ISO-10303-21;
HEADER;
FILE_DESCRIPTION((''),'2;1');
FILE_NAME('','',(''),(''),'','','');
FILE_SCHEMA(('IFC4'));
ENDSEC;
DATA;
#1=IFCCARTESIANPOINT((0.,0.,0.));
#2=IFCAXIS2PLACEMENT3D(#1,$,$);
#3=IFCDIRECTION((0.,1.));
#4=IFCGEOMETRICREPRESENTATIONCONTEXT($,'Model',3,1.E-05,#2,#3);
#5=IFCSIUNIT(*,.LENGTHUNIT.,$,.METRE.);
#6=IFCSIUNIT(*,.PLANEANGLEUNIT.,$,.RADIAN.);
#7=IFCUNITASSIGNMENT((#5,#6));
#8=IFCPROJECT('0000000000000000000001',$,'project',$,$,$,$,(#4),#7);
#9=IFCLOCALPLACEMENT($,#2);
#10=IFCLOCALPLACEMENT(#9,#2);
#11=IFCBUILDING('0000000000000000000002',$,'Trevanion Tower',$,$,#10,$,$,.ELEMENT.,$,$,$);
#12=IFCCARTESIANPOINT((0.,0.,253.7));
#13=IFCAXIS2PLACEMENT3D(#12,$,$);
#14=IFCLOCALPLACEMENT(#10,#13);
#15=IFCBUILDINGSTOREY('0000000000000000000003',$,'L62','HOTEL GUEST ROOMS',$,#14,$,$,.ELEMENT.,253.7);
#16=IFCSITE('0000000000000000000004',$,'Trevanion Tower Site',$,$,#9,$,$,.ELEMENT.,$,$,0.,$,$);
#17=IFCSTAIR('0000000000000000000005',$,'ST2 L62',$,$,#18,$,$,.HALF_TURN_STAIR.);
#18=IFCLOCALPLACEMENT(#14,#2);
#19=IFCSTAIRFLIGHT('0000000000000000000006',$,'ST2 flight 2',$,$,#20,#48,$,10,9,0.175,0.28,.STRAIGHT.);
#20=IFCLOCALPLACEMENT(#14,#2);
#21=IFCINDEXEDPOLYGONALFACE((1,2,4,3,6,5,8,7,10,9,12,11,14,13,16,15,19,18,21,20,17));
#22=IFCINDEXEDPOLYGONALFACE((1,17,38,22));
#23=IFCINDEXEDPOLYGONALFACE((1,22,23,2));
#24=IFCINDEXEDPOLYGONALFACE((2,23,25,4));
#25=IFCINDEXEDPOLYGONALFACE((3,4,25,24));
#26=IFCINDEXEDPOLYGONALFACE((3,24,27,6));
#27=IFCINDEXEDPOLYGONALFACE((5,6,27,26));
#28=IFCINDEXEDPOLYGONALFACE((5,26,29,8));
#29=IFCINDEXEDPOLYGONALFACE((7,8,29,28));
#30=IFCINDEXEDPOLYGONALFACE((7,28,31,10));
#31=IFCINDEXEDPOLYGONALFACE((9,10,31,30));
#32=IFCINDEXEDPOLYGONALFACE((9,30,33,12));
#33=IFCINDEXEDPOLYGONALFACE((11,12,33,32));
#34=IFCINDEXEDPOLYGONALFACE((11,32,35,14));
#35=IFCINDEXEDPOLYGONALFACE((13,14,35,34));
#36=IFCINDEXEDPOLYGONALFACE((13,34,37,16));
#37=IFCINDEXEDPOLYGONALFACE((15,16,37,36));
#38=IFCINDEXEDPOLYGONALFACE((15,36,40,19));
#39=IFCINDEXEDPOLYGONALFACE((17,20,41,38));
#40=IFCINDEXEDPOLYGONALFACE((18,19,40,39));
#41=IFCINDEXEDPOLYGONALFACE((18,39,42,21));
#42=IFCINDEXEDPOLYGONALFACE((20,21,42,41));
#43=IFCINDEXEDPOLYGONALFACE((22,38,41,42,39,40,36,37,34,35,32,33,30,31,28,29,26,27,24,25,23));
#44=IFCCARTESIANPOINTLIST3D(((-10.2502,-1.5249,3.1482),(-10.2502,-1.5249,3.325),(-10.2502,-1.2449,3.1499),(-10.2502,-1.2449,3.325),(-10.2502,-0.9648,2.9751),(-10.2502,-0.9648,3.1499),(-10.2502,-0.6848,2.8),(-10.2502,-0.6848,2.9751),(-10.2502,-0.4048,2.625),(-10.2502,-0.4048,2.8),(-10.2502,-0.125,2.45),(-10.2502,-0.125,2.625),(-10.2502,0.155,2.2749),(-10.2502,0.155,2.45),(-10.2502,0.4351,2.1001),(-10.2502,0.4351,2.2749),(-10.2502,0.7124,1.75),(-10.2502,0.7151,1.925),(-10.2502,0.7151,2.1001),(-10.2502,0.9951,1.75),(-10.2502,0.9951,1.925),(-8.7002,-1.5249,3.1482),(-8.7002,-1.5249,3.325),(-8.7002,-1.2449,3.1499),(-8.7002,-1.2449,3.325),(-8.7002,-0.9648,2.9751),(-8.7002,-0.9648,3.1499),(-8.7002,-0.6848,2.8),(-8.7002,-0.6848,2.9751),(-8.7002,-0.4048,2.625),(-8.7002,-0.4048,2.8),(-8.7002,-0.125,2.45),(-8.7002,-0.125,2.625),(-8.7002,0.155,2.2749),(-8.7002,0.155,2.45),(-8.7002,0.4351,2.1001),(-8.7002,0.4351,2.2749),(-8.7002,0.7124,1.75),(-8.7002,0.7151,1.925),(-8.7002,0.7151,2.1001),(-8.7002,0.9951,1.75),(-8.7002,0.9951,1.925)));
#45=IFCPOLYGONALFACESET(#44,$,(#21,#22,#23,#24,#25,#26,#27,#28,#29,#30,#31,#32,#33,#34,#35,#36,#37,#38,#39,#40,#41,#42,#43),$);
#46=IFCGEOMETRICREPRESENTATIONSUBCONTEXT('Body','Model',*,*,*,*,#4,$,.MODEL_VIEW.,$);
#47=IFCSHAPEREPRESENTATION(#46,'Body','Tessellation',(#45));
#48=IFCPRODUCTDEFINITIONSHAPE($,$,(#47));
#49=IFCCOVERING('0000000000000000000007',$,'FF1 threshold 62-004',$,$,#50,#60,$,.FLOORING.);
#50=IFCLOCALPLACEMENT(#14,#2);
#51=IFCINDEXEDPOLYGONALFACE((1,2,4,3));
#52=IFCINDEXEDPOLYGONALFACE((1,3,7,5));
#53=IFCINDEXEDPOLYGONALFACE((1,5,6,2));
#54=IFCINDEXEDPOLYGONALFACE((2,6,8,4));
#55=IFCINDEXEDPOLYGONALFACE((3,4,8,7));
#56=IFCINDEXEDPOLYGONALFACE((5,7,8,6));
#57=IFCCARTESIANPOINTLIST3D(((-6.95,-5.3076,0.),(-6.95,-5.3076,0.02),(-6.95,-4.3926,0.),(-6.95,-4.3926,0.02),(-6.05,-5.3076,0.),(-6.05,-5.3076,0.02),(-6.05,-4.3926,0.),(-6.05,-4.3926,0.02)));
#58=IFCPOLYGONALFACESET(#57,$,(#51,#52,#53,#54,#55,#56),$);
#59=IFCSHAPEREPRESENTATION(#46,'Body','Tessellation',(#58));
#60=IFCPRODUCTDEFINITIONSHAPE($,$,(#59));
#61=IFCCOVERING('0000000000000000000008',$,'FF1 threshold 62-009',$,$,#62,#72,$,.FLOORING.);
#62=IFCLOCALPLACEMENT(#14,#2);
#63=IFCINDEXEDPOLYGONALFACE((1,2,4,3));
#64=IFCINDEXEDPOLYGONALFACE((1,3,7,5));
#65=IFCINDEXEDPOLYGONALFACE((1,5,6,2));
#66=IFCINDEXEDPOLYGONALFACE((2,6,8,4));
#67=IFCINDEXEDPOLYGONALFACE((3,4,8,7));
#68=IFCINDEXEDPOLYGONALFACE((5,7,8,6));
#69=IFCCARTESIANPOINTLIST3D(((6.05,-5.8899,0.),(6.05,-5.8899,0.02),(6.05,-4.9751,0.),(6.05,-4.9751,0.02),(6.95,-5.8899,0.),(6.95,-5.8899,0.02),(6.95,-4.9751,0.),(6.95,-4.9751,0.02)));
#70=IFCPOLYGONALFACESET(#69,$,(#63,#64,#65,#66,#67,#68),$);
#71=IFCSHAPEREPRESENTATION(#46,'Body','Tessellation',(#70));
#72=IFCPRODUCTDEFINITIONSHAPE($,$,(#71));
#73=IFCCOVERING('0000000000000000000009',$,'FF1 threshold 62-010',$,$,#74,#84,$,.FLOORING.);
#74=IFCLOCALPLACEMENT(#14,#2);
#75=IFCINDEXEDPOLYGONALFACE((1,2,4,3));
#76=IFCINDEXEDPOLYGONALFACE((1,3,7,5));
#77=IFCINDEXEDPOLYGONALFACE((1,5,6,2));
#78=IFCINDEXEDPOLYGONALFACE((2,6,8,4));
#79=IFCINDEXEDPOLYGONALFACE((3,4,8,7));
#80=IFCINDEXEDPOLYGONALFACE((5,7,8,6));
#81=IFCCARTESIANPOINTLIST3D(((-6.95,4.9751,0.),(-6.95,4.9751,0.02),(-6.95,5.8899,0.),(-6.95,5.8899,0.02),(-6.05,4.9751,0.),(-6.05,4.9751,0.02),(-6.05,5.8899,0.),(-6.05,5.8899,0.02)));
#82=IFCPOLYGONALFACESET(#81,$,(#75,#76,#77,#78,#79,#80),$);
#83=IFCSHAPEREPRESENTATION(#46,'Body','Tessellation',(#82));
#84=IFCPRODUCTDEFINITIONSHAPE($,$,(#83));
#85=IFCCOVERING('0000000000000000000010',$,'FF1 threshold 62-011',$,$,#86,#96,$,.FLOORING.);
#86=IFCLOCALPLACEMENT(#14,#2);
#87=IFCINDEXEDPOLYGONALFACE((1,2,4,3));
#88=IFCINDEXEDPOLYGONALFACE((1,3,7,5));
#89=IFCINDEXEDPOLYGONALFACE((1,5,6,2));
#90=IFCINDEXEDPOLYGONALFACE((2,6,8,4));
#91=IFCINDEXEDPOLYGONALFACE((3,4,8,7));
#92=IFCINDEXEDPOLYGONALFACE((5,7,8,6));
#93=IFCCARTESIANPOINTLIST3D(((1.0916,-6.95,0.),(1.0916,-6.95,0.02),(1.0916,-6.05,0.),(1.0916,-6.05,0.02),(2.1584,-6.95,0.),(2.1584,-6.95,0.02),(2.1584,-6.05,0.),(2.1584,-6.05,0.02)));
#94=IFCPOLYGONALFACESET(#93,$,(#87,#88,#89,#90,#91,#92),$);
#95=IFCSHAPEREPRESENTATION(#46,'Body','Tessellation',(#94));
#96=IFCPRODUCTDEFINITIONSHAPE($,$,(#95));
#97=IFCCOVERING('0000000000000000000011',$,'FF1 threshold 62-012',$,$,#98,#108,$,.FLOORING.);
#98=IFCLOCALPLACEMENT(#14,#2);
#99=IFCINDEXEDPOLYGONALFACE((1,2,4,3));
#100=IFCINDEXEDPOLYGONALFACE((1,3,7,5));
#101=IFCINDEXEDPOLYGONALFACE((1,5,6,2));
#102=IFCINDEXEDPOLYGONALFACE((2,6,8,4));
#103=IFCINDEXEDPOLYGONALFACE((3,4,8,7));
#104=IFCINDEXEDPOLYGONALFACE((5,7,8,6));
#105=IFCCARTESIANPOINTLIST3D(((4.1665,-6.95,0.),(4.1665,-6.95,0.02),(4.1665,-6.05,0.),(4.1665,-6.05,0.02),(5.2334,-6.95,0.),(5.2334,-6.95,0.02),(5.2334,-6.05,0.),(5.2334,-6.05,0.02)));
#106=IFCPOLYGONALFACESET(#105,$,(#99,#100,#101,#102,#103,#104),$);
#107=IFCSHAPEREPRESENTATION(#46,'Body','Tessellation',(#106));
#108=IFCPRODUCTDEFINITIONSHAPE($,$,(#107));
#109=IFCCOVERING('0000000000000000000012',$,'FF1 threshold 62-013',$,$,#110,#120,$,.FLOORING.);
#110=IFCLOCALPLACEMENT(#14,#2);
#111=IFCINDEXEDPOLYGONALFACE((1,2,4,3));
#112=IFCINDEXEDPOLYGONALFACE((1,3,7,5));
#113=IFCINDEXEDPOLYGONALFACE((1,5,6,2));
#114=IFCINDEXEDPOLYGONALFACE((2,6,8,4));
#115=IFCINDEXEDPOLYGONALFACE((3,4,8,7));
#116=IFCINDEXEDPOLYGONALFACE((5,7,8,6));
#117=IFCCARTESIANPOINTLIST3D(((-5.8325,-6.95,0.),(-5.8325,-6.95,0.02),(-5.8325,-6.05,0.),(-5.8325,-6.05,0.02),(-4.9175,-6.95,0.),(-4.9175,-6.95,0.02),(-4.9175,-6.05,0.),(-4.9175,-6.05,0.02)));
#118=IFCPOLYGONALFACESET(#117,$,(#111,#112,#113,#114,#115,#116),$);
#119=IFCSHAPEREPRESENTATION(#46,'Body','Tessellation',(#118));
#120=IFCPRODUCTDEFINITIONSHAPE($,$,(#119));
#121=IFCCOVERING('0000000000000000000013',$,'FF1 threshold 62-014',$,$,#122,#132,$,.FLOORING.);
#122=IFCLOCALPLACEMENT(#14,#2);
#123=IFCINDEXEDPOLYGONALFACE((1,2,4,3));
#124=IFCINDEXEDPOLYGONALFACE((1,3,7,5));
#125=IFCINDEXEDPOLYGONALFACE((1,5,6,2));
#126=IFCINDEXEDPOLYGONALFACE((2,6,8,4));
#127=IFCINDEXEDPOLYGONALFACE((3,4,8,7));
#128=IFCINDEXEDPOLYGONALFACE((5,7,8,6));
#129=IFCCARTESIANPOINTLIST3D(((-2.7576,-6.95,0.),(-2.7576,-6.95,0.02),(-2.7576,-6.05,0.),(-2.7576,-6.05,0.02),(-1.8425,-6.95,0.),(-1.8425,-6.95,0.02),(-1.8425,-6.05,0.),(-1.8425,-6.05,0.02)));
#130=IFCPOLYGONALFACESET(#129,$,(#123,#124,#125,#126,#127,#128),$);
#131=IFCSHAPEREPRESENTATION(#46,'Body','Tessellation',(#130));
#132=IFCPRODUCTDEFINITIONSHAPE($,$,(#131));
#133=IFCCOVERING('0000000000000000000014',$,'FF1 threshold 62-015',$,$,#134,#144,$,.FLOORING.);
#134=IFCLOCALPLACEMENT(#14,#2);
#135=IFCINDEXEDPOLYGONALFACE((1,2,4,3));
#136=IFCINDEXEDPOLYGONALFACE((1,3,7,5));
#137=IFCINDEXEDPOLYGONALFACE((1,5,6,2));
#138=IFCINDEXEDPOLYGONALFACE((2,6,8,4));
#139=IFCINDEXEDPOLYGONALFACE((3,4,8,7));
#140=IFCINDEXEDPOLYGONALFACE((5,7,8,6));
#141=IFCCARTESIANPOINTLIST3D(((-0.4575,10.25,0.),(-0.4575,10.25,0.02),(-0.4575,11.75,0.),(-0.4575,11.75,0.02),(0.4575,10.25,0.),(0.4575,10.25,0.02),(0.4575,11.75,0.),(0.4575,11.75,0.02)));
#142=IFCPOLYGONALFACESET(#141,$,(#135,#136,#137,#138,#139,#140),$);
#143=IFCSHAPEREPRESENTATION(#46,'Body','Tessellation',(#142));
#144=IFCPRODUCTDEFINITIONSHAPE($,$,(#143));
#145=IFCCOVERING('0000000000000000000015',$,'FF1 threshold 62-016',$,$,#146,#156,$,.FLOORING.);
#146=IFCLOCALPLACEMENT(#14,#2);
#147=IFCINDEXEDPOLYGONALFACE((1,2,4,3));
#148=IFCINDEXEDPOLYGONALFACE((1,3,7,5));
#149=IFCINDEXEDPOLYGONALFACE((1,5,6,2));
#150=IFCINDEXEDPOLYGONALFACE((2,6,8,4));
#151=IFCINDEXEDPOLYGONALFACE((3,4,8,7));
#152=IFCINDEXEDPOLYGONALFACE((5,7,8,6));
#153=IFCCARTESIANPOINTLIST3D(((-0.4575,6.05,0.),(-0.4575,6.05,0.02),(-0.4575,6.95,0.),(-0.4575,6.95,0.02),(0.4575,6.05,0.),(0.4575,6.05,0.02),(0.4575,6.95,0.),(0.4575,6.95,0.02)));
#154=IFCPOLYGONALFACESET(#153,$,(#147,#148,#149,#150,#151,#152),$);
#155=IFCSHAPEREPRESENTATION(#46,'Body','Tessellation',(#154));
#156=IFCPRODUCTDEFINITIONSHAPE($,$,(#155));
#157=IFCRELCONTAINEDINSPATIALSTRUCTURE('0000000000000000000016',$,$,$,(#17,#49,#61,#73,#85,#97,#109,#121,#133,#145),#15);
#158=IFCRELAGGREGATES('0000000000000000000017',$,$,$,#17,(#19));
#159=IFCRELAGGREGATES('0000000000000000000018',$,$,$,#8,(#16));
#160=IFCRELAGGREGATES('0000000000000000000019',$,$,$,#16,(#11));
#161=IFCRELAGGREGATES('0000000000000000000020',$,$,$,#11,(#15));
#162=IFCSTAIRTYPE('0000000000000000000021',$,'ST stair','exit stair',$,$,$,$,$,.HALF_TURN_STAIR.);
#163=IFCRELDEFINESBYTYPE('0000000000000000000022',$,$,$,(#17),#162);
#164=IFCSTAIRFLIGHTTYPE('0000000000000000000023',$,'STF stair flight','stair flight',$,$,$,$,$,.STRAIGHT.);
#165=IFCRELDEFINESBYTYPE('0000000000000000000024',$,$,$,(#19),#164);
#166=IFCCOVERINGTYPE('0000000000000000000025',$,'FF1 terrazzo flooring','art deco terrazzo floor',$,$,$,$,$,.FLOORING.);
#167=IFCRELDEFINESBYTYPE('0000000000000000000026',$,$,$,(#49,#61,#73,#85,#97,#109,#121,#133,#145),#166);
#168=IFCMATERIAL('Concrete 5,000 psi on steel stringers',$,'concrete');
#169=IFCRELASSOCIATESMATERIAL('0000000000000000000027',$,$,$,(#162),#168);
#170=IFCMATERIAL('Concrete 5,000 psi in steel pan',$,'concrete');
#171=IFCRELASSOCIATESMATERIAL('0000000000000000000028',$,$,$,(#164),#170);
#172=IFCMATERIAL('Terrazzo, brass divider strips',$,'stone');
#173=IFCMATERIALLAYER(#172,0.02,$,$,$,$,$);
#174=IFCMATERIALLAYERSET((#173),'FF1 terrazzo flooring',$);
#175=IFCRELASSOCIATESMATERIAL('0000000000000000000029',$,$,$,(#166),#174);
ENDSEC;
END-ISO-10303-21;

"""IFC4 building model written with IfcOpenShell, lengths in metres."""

from ifc_helpers import new_model, si_unit, direction, frame, origin, place, context, subcontext, project, spatial, polyline, outline, extrude, material, layer, layer_set, type_object, element, aggregate, save


model = new_model("IFC4")

# Units and contexts
model_context = context("Model", 3, precision=1e-05, world=origin(), true_north=direction((0.0, 1.0)))
body_context = subcontext(model_context, "Body", "Model", "MODEL_VIEW")
ifc_project = project(units=[si_unit("LENGTHUNIT", "METRE"), si_unit("PLANEANGLEUNIT", "RADIAN")], contexts=[model_context])

# Site, building, storey
site_placement = place(None, origin())
site = spatial("IfcSite", under=ifc_project, at=site_placement, Name="Trevanion Tower Site", CompositionType="ELEMENT", RefElevation=0.0)
building_placement = place(site_placement, origin())
building = spatial("IfcBuilding", under=site, at=building_placement, Name="Trevanion Tower", CompositionType="ELEMENT")
storey_placement = place(building_placement, frame((0.0, 0.0, 253.7)))
storey = spatial("IfcBuildingStorey", under=building, at=storey_placement, Name="L62", Description="HOTEL GUEST ROOMS", CompositionType="ELEMENT", Elevation=253.7)

# Stair, stair flight
ifc_material_1 = material(Name="Concrete 5,000 psi on steel stringers", Category="concrete")
stair_type = type_object("IfcStairType", Name="ST stair", Description="exit stair", PredefinedType="HALF_TURN_STAIR", material=ifc_material_1)
stair_placement = place(storey_placement, origin())
stair = element("IfcStair", 1, at=stair_placement, inside=storey, type_object=stair_type, Name="ST2 L62", PredefinedType="HALF_TURN_STAIR")
ifc_material_2 = material(Name="Concrete 5,000 psi in steel pan", Category="concrete")
stair_flight_type = type_object("IfcStairFlightType", Name="STF stair flight", Description="stair flight", PredefinedType="STRAIGHT", material=ifc_material_2)
stair_flight_placement = place(storey_placement, frame((-9.4751, 0.9951, 1.75), z_axis=(0.0, 0.0, 1.0), x_axis=(0.0, -1.0, 0.0)))
stair_flight = element("IfcStairFlight", 2, at=stair_flight_placement, type_object=stair_flight_type, Name="ST2 flight 2", NumberOfRisers=10, NumberOfTreads=9, PredefinedType="STRAIGHT", RiserHeight=0.175, TreadLength=0.28, context=body_context, shape_type="SweptSolid", body=[
    extrude(outline(polyline([(0.0, 0.0), (0.0, 0.175), (0.28, 0.175), (0.28, 0.3501), (0.5601, 0.3501), (0.5601, 0.5249), (0.8401, 0.5249), (0.8401, 0.7), (1.1201, 0.7), (1.1201, 0.875), (1.3999, 0.875), (1.3999, 1.05), (1.6799, 1.05), (1.6799, 1.2251), (1.96, 1.2251), (1.96, 1.3999), (2.24, 1.3999), (2.24, 1.575), (2.52, 1.575), (2.52, 1.75), (2.52, 1.3982), (0.2827, 0.0), (0.0, 0.0)])), frame((0.0, 0.7749, 0.0), z_axis=(0.0, -1.0, 0.0), x_axis=(1.0, 0.0, 0.0)), (0.0, 0.0, 1.0), 1.55),
])
aggregate(stair, [stair_flight])

# Coverings
ifc_material_3 = material(Name="Terrazzo, brass divider strips", Category="stone")
ifc_layer_1 = layer(ifc_material_3, 0.02)
ifc_layer_set_1 = layer_set([ifc_layer_1], Name="FF1 terrazzo flooring")
covering_type = type_object("IfcCoveringType", Name="FF1 terrazzo flooring", Description="art deco terrazzo floor", PredefinedType="FLOORING", material=ifc_layer_set_1)
covering_1_placement = place(storey_placement, origin())
element("IfcCovering", 3, at=covering_1_placement, inside=storey, type_object=covering_type, Name="FF1 threshold 62-004", PredefinedType="FLOORING", context=body_context, shape_type="SweptSolid", body=[
    extrude(outline(polyline([(-6.95, -4.3926), (-6.95, -5.3076), (-6.05, -5.3076), (-6.05, -4.3926), (-6.95, -4.3926)])), origin(), (0.0, 0.0, 1.0), 0.02),
])
covering_2_placement = place(storey_placement, origin())
element("IfcCovering", 4, at=covering_2_placement, inside=storey, type_object=covering_type, Name="FF1 threshold 62-009", PredefinedType="FLOORING", context=body_context, shape_type="SweptSolid", body=[
    extrude(outline(polyline([(6.95, -5.8899), (6.95, -4.9751), (6.05, -4.9751), (6.05, -5.8899), (6.95, -5.8899)])), origin(), (0.0, 0.0, 1.0), 0.02),
])
covering_3_placement = place(storey_placement, origin())
element("IfcCovering", 5, at=covering_3_placement, inside=storey, type_object=covering_type, Name="FF1 threshold 62-010", PredefinedType="FLOORING", context=body_context, shape_type="SweptSolid", body=[
    extrude(outline(polyline([(-6.95, 5.8899), (-6.95, 4.9751), (-6.05, 4.9751), (-6.05, 5.8899), (-6.95, 5.8899)])), origin(), (0.0, 0.0, 1.0), 0.02),
])
covering_4_placement = place(storey_placement, origin())
element("IfcCovering", 6, at=covering_4_placement, inside=storey, type_object=covering_type, Name="FF1 threshold 62-011", PredefinedType="FLOORING", context=body_context, shape_type="SweptSolid", body=[
    extrude(outline(polyline([(1.0916, -6.95), (2.1584, -6.95), (2.1584, -6.05), (1.0916, -6.05), (1.0916, -6.95)])), origin(), (0.0, 0.0, 1.0), 0.02),
])
covering_5_placement = place(storey_placement, origin())
element("IfcCovering", 7, at=covering_5_placement, inside=storey, type_object=covering_type, Name="FF1 threshold 62-012", PredefinedType="FLOORING", context=body_context, shape_type="SweptSolid", body=[
    extrude(outline(polyline([(4.1665, -6.95), (5.2334, -6.95), (5.2334, -6.05), (4.1665, -6.05), (4.1665, -6.95)])), origin(), (0.0, 0.0, 1.0), 0.02),
])
covering_6_placement = place(storey_placement, origin())
element("IfcCovering", 8, at=covering_6_placement, inside=storey, type_object=covering_type, Name="FF1 threshold 62-013", PredefinedType="FLOORING", context=body_context, shape_type="SweptSolid", body=[
    extrude(outline(polyline([(-5.8325, -6.95), (-4.9175, -6.95), (-4.9175, -6.05), (-5.8325, -6.05), (-5.8325, -6.95)])), origin(), (0.0, 0.0, 1.0), 0.02),
])
covering_7_placement = place(storey_placement, origin())
element("IfcCovering", 9, at=covering_7_placement, inside=storey, type_object=covering_type, Name="FF1 threshold 62-014", PredefinedType="FLOORING", context=body_context, shape_type="SweptSolid", body=[
    extrude(outline(polyline([(-2.7576, -6.95), (-1.8425, -6.95), (-1.8425, -6.05), (-2.7576, -6.05), (-2.7576, -6.95)])), origin(), (0.0, 0.0, 1.0), 0.02),
])
covering_8_placement = place(storey_placement, origin())
element("IfcCovering", 10, at=covering_8_placement, inside=storey, type_object=covering_type, Name="FF1 threshold 62-015", PredefinedType="FLOORING", context=body_context, shape_type="SweptSolid", body=[
    extrude(outline(polyline([(0.4575, 11.75), (-0.4575, 11.75), (-0.4575, 10.25), (0.4575, 10.25), (0.4575, 11.75)])), origin(), (0.0, 0.0, 1.0), 0.02),
])
covering_9_placement = place(storey_placement, origin())
element("IfcCovering", 11, at=covering_9_placement, inside=storey, type_object=covering_type, Name="FF1 threshold 62-016", PredefinedType="FLOORING", context=body_context, shape_type="SweptSolid", body=[
    extrude(outline(polyline([(0.4575, 6.95), (-0.4575, 6.95), (-0.4575, 6.05), (0.4575, 6.05), (0.4575, 6.95)])), origin(), (0.0, 0.0, 1.0), 0.02),
])

save(model, "model.ifc")
